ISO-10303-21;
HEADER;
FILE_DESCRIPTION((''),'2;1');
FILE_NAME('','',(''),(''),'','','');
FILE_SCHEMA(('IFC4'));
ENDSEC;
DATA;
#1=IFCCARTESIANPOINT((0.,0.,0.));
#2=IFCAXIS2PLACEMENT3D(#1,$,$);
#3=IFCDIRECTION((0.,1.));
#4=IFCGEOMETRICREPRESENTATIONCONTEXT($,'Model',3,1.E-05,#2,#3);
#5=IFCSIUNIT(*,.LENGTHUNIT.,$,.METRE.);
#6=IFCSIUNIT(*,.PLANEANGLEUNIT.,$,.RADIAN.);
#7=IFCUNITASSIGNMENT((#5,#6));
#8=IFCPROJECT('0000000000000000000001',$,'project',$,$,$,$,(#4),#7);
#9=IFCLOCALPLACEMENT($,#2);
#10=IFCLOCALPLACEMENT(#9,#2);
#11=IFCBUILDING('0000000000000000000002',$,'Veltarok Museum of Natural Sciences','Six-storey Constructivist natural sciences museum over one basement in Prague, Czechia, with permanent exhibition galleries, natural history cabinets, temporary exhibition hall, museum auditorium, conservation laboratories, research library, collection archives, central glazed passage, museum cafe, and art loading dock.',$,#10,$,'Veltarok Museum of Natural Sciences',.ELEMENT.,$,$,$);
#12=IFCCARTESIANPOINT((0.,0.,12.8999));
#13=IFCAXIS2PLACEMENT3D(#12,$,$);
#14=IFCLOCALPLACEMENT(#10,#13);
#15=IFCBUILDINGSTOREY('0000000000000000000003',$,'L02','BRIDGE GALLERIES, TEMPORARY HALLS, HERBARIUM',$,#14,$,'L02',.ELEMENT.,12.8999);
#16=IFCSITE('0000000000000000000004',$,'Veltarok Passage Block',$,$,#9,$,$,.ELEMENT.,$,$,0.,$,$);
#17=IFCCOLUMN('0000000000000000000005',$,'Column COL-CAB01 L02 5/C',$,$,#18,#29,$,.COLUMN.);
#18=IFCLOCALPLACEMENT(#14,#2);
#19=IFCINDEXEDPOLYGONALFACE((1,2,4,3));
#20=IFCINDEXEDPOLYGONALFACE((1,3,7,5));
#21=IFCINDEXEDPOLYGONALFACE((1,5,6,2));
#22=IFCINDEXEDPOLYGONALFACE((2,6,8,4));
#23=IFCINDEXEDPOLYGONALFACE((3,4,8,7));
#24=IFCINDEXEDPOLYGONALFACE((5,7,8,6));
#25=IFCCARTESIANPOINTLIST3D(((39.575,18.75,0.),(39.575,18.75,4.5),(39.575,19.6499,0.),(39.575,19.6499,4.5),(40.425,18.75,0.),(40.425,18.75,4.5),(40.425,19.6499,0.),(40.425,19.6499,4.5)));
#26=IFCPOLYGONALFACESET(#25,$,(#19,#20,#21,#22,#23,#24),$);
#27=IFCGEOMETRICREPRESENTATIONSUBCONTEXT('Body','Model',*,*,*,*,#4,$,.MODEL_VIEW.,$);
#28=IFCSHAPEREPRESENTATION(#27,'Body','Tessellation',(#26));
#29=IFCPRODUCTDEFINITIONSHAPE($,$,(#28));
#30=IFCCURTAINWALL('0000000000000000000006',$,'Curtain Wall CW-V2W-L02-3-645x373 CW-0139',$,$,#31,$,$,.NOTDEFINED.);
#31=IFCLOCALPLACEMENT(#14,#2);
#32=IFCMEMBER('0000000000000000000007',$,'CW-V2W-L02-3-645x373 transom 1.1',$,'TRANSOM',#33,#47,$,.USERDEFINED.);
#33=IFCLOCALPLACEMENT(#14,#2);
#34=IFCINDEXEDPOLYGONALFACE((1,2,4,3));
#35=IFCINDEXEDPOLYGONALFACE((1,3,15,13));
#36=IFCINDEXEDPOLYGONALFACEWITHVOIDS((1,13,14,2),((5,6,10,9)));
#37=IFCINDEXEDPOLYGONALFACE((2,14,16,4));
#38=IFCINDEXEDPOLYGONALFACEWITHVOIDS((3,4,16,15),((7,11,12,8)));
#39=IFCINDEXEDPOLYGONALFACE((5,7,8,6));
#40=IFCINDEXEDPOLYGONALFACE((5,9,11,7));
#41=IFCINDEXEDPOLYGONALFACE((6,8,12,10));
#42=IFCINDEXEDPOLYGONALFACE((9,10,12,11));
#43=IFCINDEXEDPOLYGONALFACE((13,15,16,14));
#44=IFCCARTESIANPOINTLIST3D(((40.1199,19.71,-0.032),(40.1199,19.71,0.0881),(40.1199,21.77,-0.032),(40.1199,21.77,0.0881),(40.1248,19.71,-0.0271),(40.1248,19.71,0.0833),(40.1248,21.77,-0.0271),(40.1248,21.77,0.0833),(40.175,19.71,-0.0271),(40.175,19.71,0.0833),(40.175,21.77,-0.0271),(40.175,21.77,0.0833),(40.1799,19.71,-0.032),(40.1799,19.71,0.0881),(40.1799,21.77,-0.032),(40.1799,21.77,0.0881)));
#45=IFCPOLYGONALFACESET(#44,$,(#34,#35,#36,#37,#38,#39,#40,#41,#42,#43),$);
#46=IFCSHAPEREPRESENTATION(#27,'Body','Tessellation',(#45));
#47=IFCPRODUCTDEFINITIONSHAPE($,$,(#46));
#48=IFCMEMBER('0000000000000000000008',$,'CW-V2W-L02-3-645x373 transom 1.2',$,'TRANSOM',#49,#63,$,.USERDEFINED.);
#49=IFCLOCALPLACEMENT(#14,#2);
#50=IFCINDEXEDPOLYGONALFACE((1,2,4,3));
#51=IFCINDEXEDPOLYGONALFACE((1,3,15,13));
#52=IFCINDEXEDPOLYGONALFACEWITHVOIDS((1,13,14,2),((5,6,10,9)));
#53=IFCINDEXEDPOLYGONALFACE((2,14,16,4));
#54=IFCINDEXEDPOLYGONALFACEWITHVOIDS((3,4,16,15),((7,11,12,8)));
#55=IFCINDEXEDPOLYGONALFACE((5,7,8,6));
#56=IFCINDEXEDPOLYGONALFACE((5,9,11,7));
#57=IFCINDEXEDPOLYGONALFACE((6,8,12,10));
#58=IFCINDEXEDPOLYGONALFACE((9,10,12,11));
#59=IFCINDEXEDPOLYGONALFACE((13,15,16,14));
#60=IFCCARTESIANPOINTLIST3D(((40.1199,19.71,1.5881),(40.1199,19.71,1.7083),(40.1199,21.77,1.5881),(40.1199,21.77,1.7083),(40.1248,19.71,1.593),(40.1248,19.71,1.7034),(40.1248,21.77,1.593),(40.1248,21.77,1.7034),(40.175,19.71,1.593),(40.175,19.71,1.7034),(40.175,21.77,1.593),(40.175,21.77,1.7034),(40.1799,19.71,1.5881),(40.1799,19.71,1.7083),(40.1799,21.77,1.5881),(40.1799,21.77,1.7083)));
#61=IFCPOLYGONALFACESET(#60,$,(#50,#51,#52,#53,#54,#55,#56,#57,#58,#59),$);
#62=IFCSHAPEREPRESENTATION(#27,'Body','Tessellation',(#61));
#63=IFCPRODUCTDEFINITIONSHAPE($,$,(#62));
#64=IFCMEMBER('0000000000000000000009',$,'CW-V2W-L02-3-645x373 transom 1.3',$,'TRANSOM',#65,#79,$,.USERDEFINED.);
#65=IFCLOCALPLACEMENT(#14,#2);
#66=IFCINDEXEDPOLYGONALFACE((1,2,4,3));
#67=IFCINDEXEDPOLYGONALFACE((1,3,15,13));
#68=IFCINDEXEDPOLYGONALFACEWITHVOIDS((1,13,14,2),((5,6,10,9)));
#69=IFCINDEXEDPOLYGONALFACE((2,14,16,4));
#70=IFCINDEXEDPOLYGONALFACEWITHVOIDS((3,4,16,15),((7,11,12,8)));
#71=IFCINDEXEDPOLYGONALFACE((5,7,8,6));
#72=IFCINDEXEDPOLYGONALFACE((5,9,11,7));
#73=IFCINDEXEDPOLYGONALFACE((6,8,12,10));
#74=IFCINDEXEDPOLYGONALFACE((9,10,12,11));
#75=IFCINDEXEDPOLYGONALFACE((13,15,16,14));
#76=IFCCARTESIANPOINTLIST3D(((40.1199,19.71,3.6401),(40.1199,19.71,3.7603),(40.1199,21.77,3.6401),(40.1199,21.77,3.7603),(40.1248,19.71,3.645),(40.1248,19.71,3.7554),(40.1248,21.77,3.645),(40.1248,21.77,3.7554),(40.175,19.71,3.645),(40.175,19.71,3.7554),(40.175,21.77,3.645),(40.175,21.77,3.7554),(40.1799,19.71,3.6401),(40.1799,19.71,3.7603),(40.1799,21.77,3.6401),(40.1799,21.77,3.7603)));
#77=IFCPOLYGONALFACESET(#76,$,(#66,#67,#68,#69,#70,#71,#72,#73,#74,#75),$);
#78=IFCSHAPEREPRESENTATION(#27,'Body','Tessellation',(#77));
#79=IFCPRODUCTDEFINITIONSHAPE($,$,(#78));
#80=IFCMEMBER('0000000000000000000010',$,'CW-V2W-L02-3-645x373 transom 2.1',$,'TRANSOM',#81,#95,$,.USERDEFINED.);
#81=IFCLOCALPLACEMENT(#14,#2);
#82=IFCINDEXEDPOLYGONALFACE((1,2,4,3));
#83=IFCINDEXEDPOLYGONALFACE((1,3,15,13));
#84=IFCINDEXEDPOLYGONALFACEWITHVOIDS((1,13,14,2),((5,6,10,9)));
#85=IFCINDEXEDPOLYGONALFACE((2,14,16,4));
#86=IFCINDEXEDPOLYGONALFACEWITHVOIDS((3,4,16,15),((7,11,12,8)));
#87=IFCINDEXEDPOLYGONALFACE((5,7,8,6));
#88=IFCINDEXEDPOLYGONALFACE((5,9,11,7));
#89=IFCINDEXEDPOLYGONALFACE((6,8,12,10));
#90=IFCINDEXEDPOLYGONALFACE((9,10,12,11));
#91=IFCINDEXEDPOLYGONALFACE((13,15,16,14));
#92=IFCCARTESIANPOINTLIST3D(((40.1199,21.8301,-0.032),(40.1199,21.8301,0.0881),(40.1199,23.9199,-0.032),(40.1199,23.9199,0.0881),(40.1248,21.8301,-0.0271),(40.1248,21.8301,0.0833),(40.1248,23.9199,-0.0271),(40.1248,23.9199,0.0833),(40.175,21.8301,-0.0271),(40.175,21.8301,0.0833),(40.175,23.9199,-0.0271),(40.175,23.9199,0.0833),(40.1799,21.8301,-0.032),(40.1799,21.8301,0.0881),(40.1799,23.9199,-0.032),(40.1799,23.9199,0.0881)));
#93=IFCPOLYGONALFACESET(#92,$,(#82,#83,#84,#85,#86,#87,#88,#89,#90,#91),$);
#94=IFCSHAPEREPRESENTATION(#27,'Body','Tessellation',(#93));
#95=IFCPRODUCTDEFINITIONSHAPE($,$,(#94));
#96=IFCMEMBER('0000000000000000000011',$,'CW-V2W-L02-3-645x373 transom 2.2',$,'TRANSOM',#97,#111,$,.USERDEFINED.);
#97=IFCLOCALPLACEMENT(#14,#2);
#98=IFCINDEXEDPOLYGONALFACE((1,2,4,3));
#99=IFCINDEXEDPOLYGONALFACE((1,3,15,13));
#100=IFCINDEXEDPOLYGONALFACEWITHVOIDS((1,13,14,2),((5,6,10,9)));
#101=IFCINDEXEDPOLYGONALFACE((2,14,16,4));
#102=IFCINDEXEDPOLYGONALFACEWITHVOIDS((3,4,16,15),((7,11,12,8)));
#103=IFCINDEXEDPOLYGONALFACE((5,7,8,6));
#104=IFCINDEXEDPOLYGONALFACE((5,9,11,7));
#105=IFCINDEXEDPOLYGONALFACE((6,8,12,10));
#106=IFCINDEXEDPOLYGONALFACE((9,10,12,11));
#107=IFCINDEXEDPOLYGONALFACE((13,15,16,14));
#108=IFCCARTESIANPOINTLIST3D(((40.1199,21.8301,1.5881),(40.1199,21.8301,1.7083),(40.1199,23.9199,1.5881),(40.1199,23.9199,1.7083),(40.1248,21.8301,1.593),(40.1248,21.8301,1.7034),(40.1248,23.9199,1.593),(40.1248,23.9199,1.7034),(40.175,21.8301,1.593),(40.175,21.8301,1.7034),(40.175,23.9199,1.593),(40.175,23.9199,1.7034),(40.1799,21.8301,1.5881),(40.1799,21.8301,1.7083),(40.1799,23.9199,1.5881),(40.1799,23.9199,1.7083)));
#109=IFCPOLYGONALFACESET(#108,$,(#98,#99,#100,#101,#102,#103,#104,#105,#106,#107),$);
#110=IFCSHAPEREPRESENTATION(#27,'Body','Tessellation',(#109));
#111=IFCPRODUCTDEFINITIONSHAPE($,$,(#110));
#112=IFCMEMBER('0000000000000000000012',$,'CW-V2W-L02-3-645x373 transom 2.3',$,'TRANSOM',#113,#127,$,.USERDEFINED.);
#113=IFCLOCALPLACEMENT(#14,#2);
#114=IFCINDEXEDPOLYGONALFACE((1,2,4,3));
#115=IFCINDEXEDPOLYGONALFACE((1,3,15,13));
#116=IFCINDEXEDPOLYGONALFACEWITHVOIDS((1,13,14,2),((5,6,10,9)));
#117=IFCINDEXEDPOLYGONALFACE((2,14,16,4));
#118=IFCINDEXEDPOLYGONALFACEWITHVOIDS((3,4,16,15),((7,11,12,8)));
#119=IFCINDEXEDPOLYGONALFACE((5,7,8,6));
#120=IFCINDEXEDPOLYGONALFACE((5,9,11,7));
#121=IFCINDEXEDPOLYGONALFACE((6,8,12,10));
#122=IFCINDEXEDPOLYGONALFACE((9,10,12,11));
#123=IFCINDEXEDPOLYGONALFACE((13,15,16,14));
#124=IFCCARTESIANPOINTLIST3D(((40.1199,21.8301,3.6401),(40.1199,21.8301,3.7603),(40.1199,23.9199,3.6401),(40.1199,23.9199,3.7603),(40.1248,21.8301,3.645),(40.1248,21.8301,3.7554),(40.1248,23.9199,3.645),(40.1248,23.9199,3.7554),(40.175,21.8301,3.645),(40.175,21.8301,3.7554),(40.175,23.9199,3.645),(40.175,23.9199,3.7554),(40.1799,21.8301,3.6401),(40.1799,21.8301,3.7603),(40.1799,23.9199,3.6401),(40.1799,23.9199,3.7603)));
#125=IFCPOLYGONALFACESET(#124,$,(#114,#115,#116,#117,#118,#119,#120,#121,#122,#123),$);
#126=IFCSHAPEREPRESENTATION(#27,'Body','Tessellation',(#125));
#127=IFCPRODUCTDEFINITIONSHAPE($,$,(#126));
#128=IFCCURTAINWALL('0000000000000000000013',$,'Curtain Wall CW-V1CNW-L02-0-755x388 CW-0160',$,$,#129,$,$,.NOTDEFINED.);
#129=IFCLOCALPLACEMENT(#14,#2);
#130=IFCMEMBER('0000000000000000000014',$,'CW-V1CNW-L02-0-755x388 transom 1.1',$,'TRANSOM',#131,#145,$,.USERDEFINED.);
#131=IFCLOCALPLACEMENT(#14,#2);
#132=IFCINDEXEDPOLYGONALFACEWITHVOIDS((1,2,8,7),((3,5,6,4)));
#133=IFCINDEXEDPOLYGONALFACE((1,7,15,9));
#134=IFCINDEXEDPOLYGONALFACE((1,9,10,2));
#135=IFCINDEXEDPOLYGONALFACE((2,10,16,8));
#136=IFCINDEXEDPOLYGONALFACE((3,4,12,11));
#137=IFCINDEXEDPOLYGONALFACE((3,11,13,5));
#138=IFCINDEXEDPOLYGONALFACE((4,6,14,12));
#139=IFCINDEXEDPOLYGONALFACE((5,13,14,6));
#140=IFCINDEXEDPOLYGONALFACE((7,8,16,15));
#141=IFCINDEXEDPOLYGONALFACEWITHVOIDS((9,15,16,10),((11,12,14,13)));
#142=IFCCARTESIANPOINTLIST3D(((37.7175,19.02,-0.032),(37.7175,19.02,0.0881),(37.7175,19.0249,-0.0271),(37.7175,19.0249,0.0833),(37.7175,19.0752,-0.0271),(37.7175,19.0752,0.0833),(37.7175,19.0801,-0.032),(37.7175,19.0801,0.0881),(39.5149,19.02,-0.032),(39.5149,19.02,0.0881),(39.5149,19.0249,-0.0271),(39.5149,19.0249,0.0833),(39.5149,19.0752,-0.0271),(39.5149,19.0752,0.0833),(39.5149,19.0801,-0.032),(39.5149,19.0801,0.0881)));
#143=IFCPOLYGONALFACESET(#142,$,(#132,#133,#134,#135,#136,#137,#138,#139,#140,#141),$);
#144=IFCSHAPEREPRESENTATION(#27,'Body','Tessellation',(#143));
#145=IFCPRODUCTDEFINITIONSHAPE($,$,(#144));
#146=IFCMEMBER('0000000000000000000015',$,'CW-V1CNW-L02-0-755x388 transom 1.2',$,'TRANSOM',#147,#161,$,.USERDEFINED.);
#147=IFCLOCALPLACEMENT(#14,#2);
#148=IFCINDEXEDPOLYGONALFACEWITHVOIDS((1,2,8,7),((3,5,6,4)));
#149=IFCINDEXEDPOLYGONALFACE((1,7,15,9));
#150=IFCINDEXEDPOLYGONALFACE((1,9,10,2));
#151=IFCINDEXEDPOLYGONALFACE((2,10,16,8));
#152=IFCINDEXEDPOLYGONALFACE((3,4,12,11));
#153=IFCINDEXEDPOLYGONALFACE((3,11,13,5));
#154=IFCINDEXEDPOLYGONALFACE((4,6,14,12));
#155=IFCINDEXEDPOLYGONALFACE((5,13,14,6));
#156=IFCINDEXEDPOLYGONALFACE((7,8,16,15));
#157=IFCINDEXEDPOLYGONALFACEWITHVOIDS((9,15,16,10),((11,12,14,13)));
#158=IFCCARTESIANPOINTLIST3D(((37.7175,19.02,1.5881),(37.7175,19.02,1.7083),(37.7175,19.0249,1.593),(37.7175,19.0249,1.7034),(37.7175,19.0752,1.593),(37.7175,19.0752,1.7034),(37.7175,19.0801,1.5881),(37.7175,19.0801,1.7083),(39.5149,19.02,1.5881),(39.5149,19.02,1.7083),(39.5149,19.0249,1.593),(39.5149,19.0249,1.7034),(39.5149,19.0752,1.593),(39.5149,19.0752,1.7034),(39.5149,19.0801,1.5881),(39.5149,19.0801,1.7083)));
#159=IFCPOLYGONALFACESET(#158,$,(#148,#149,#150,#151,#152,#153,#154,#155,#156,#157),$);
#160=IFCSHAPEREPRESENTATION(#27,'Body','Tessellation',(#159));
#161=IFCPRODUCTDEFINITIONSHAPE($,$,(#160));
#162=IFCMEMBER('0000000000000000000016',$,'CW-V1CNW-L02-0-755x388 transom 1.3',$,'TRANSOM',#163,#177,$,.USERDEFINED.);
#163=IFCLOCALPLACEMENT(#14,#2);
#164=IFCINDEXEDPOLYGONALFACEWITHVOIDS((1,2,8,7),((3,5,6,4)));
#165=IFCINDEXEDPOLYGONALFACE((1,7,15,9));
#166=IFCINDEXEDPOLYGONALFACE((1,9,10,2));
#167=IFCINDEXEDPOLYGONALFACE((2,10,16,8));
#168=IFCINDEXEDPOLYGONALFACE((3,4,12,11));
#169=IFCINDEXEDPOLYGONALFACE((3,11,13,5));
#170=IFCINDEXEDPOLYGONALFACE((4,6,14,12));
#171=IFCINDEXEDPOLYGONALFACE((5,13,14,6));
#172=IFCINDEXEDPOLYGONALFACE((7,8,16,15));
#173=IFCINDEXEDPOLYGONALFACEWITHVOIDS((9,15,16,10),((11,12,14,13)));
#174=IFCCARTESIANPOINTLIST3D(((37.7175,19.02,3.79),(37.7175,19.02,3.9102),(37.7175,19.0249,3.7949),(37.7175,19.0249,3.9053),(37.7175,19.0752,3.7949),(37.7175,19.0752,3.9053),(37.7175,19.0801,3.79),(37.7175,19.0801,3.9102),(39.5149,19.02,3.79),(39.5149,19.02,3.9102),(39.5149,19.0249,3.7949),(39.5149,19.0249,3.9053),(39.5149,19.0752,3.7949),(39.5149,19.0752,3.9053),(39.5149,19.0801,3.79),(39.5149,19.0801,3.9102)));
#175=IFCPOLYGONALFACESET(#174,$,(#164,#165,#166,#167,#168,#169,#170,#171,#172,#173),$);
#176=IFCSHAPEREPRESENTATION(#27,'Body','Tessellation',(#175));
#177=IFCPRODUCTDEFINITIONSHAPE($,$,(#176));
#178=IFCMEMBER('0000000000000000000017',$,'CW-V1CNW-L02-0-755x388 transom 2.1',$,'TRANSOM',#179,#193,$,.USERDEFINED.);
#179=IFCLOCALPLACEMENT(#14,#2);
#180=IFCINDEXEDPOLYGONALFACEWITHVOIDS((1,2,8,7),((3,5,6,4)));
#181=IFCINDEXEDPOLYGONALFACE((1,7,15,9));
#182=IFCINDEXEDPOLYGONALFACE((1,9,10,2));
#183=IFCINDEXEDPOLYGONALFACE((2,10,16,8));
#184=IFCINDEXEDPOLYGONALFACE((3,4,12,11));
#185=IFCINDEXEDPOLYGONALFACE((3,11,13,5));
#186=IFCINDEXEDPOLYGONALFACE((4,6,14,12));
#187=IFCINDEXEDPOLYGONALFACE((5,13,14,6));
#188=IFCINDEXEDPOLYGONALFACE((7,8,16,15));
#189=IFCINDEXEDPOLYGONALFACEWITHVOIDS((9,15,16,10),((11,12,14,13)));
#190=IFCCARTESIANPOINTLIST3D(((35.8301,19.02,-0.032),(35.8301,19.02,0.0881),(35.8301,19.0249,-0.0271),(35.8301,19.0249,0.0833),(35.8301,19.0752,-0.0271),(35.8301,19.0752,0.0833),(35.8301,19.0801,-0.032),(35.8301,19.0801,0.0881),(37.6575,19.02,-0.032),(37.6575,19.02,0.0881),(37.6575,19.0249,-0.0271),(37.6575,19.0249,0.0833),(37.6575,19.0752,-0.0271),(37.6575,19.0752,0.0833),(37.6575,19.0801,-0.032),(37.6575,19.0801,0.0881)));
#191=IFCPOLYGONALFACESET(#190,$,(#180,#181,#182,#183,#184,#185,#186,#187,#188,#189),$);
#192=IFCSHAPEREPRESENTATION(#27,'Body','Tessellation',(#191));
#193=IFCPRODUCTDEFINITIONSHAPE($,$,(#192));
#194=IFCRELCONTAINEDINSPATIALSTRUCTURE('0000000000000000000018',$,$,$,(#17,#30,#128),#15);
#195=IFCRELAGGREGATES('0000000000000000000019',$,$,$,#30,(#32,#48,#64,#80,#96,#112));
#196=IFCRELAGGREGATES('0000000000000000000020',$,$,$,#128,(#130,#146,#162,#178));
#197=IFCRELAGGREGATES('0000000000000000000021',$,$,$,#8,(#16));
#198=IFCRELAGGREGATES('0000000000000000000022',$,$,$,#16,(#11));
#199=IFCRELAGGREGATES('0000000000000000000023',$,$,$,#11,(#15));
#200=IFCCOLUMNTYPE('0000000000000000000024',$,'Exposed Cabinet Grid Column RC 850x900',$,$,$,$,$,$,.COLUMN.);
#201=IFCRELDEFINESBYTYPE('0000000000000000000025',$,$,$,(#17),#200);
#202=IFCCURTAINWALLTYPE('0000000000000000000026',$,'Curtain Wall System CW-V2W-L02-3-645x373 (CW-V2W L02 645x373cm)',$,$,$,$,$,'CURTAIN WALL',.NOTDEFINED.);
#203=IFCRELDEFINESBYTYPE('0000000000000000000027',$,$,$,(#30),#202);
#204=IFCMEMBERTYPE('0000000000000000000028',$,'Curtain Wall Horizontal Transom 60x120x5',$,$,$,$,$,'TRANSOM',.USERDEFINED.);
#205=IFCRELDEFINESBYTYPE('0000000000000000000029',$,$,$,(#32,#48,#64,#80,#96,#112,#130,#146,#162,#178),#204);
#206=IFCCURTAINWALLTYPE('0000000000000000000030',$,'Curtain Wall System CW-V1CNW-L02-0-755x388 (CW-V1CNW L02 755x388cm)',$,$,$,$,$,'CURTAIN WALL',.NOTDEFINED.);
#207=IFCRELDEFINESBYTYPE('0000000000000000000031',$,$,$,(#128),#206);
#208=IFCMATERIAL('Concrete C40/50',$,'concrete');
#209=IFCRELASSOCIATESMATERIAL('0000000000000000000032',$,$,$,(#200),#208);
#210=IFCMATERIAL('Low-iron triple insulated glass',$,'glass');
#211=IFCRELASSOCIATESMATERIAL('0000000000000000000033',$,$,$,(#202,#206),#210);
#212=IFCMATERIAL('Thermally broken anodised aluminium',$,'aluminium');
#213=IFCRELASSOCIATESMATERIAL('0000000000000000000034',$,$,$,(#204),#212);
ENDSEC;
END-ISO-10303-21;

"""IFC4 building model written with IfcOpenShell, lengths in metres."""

from ifc_helpers import new_model, si_unit, direction, frame, origin, origin_2d, place, context, subcontext, project, spatial, rectangle, hollow_rectangle, extrude, material, material_profile, profile_set, type_object, element, aggregate, save


model = new_model("IFC4")

# Units and contexts
model_context = context("Model", 3, precision=1e-05, world=origin(), true_north=direction((0.0, 1.0)))
body_context = subcontext(model_context, "Body", "Model", "MODEL_VIEW")
ifc_project = project(units=[si_unit("LENGTHUNIT", "METRE"), si_unit("PLANEANGLEUNIT", "RADIAN")], contexts=[model_context])

# Site, building, storey
site_placement = place(None, origin())
site = spatial("IfcSite", under=ifc_project, at=site_placement, Name="Veltarok Passage Block", CompositionType="ELEMENT", RefElevation=0.0)
building_placement = place(site_placement, origin())
building = spatial("IfcBuilding", under=site, at=building_placement, Name="Veltarok Museum of Natural Sciences", Description="Six-storey Constructivist natural sciences museum over one basement in Prague, Czechia, with permanent exhibition galleries, natural history cabinets, temporary exhibition hall, museum auditorium, conservation laboratories, research library, collection archives, central glazed passage, museum cafe, and art loading dock.", LongName="Veltarok Museum of Natural Sciences", CompositionType="ELEMENT")
storey_placement = place(building_placement, frame((0.0, 0.0, 12.8999)))
storey = spatial("IfcBuildingStorey", under=building, at=storey_placement, Name="L02", Description="BRIDGE GALLERIES, TEMPORARY HALLS, HERBARIUM", LongName="L02", CompositionType="ELEMENT", Elevation=12.8999)

# Column
ifc_material_1 = material(Name="Concrete C40/50", Category="concrete")
ifc_material_profile_1 = material_profile(ifc_material_1, rectangle(XDim=0.8501, YDim=0.8999, at=origin_2d()), Name="RC 850x900")
ifc_profile_set_1 = profile_set([ifc_material_profile_1], Name="Concrete C40/50")
column_type = type_object("IfcColumnType", Name="Exposed Cabinet Grid Column RC 850x900", PredefinedType="COLUMN", material=ifc_profile_set_1)
column_placement = place(storey_placement, frame((40.0, 19.2, 0.0), z_axis=(0.0, 0.0, 1.0), x_axis=(1.0, 0.0, 0.0)))
element("IfcColumn", 1, at=column_placement, inside=storey, type_object=column_type, Name="Column COL-CAB01 L02 5/C", PredefinedType="COLUMN", context=body_context, shape_type="SweptSolid", body=[
    extrude(rectangle(XDim=0.8501, YDim=0.8999, at=origin_2d()), origin(), (0.0, 0.0, 1.0), 4.5),
])

# Curtain walls, members
ifc_material_2 = material(Name="Low-iron triple insulated glass", Category="glass")
curtain_wall_type_1 = type_object("IfcCurtainWallType", Name="Curtain Wall System CW-V2W-L02-3-645x373 (CW-V2W L02 645x373cm)", ElementType="CURTAIN WALL", PredefinedType="NOTDEFINED", material=ifc_material_2)
curtain_wall_1_placement = place(storey_placement, origin())
curtain_wall_1 = element("IfcCurtainWall", 2, at=curtain_wall_1_placement, inside=storey, type_object=curtain_wall_type_1, Name="Curtain Wall CW-V2W-L02-3-645x373 CW-0139", PredefinedType="NOTDEFINED")
ifc_material_3 = material(Name="Thermally broken anodised aluminium", Category="aluminium")
ifc_material_profile_2 = material_profile(ifc_material_3, hollow_rectangle(XDim=0.0601, YDim=0.1201, WallThickness=0.0049, at=origin_2d()), Name="CW TRANSOM 60x120x5")
ifc_profile_set_2 = profile_set([ifc_material_profile_2], Name="Thermally broken anodised aluminium")
member_type_1 = type_object("IfcMemberType", Name="Curtain Wall Horizontal Transom 60x120x5", ElementType="TRANSOM", PredefinedType="USERDEFINED", material=ifc_profile_set_2)
member_1_placement = place(storey_placement, frame((40.1499, 19.71, 0.0281), z_axis=(0.0, 1.0, 0.0), x_axis=(-1.0, 0.0, 0.0)))
member_1 = element("IfcMember", 3, at=member_1_placement, type_object=member_type_1, Name="CW-V2W-L02-3-645x373 transom 1.1", ObjectType="TRANSOM", PredefinedType="USERDEFINED", context=body_context, shape_type="SweptSolid", body=[
    extrude(hollow_rectangle(XDim=0.0601, YDim=0.1201, WallThickness=0.0049, at=origin_2d()), origin(), (0.0, 0.0, 1.0), 2.0601),
])
member_2_placement = place(storey_placement, frame((40.1499, 19.71, 1.6482), z_axis=(0.0, 1.0, 0.0), x_axis=(-1.0, 0.0, 0.0)))
member_2 = element("IfcMember", 4, at=member_2_placement, type_object=member_type_1, Name="CW-V2W-L02-3-645x373 transom 1.2", ObjectType="TRANSOM", PredefinedType="USERDEFINED", context=body_context, shape_type="SweptSolid", body=[
    extrude(hollow_rectangle(XDim=0.0601, YDim=0.1201, WallThickness=0.0049, at=origin_2d()), origin(), (0.0, 0.0, 1.0), 2.0601),
])
member_3_placement = place(storey_placement, frame((40.1499, 19.71, 3.7002), z_axis=(0.0, 1.0, 0.0), x_axis=(-1.0, 0.0, 0.0)))
member_3 = element("IfcMember", 5, at=member_3_placement, type_object=member_type_1, Name="CW-V2W-L02-3-645x373 transom 1.3", ObjectType="TRANSOM", PredefinedType="USERDEFINED", context=body_context, shape_type="SweptSolid", body=[
    extrude(hollow_rectangle(XDim=0.0601, YDim=0.1201, WallThickness=0.0049, at=origin_2d()), origin(), (0.0, 0.0, 1.0), 2.0601),
])
member_4_placement = place(storey_placement, frame((40.1499, 21.8301, 0.0281), z_axis=(0.0, 1.0, 0.0), x_axis=(-1.0, 0.0, 0.0)))
member_4 = element("IfcMember", 6, at=member_4_placement, type_object=member_type_1, Name="CW-V2W-L02-3-645x373 transom 2.1", ObjectType="TRANSOM", PredefinedType="USERDEFINED", context=body_context, shape_type="SweptSolid", body=[
    extrude(hollow_rectangle(XDim=0.0601, YDim=0.1201, WallThickness=0.0049, at=origin_2d()), origin(), (0.0, 0.0, 1.0), 2.0898),
])
member_5_placement = place(storey_placement, frame((40.1499, 21.8301, 1.6482), z_axis=(0.0, 1.0, 0.0), x_axis=(-1.0, 0.0, 0.0)))
member_5 = element("IfcMember", 7, at=member_5_placement, type_object=member_type_1, Name="CW-V2W-L02-3-645x373 transom 2.2", ObjectType="TRANSOM", PredefinedType="USERDEFINED", context=body_context, shape_type="SweptSolid", body=[
    extrude(hollow_rectangle(XDim=0.0601, YDim=0.1201, WallThickness=0.0049, at=origin_2d()), origin(), (0.0, 0.0, 1.0), 2.0898),
])
member_6_placement = place(storey_placement, frame((40.1499, 21.8301, 3.7002), z_axis=(0.0, 1.0, 0.0), x_axis=(-1.0, 0.0, 0.0)))
member_6 = element("IfcMember", 8, at=member_6_placement, type_object=member_type_1, Name="CW-V2W-L02-3-645x373 transom 2.3", ObjectType="TRANSOM", PredefinedType="USERDEFINED", context=body_context, shape_type="SweptSolid", body=[
    extrude(hollow_rectangle(XDim=0.0601, YDim=0.1201, WallThickness=0.0049, at=origin_2d()), origin(), (0.0, 0.0, 1.0), 2.0898),
])
curtain_wall_type_2 = type_object("IfcCurtainWallType", Name="Curtain Wall System CW-V1CNW-L02-0-755x388 (CW-V1CNW L02 755x388cm)", ElementType="CURTAIN WALL", PredefinedType="NOTDEFINED", material=ifc_material_2)
curtain_wall_2_placement = place(storey_placement, origin())
curtain_wall_2 = element("IfcCurtainWall", 9, at=curtain_wall_2_placement, inside=storey, type_object=curtain_wall_type_2, Name="Curtain Wall CW-V1CNW-L02-0-755x388 CW-0160", PredefinedType="NOTDEFINED")
member_7_placement = place(storey_placement, frame((39.5149, 19.05, 0.0281), z_axis=(-1.0, 0.0, 0.0), x_axis=(0.0, -1.0, 0.0)))
member_7 = element("IfcMember", 10, at=member_7_placement, type_object=member_type_1, Name="CW-V1CNW-L02-0-755x388 transom 1.1", ObjectType="TRANSOM", PredefinedType="USERDEFINED", context=body_context, shape_type="SweptSolid", body=[
    extrude(hollow_rectangle(XDim=0.0601, YDim=0.1201, WallThickness=0.0049, at=origin_2d()), origin(), (0.0, 0.0, 1.0), 1.7974),
])
member_8_placement = place(storey_placement, frame((39.5149, 19.05, 1.6482), z_axis=(-1.0, 0.0, 0.0), x_axis=(0.0, -1.0, 0.0)))
member_8 = element("IfcMember", 11, at=member_8_placement, type_object=member_type_1, Name="CW-V1CNW-L02-0-755x388 transom 1.2", ObjectType="TRANSOM", PredefinedType="USERDEFINED", context=body_context, shape_type="SweptSolid", body=[
    extrude(hollow_rectangle(XDim=0.0601, YDim=0.1201, WallThickness=0.0049, at=origin_2d()), origin(), (0.0, 0.0, 1.0), 1.7974),
])
member_9_placement = place(storey_placement, frame((39.5149, 19.05, 3.8501), z_axis=(-1.0, 0.0, 0.0), x_axis=(0.0, -1.0, 0.0)))
member_9 = element("IfcMember", 12, at=member_9_placement, type_object=member_type_1, Name="CW-V1CNW-L02-0-755x388 transom 1.3", ObjectType="TRANSOM", PredefinedType="USERDEFINED", context=body_context, shape_type="SweptSolid", body=[
    extrude(hollow_rectangle(XDim=0.0601, YDim=0.1201, WallThickness=0.0049, at=origin_2d()), origin(), (0.0, 0.0, 1.0), 1.7974),
])
member_10_placement = place(storey_placement, frame((37.6575, 19.05, 0.0281), z_axis=(-1.0, 0.0, 0.0), x_axis=(0.0, -1.0, 0.0)))
member_10 = element("IfcMember", 13, at=member_10_placement, type_object=member_type_1, Name="CW-V1CNW-L02-0-755x388 transom 2.1", ObjectType="TRANSOM", PredefinedType="USERDEFINED", context=body_context, shape_type="SweptSolid", body=[
    extrude(hollow_rectangle(XDim=0.0601, YDim=0.1201, WallThickness=0.0049, at=origin_2d()), origin(), (0.0, 0.0, 1.0), 1.8274),
])

aggregate(curtain_wall_1, [member_1, member_2, member_3, member_4, member_5, member_6])
aggregate(curtain_wall_2, [member_7, member_8, member_9, member_10])

save(model, "model.ifc")
